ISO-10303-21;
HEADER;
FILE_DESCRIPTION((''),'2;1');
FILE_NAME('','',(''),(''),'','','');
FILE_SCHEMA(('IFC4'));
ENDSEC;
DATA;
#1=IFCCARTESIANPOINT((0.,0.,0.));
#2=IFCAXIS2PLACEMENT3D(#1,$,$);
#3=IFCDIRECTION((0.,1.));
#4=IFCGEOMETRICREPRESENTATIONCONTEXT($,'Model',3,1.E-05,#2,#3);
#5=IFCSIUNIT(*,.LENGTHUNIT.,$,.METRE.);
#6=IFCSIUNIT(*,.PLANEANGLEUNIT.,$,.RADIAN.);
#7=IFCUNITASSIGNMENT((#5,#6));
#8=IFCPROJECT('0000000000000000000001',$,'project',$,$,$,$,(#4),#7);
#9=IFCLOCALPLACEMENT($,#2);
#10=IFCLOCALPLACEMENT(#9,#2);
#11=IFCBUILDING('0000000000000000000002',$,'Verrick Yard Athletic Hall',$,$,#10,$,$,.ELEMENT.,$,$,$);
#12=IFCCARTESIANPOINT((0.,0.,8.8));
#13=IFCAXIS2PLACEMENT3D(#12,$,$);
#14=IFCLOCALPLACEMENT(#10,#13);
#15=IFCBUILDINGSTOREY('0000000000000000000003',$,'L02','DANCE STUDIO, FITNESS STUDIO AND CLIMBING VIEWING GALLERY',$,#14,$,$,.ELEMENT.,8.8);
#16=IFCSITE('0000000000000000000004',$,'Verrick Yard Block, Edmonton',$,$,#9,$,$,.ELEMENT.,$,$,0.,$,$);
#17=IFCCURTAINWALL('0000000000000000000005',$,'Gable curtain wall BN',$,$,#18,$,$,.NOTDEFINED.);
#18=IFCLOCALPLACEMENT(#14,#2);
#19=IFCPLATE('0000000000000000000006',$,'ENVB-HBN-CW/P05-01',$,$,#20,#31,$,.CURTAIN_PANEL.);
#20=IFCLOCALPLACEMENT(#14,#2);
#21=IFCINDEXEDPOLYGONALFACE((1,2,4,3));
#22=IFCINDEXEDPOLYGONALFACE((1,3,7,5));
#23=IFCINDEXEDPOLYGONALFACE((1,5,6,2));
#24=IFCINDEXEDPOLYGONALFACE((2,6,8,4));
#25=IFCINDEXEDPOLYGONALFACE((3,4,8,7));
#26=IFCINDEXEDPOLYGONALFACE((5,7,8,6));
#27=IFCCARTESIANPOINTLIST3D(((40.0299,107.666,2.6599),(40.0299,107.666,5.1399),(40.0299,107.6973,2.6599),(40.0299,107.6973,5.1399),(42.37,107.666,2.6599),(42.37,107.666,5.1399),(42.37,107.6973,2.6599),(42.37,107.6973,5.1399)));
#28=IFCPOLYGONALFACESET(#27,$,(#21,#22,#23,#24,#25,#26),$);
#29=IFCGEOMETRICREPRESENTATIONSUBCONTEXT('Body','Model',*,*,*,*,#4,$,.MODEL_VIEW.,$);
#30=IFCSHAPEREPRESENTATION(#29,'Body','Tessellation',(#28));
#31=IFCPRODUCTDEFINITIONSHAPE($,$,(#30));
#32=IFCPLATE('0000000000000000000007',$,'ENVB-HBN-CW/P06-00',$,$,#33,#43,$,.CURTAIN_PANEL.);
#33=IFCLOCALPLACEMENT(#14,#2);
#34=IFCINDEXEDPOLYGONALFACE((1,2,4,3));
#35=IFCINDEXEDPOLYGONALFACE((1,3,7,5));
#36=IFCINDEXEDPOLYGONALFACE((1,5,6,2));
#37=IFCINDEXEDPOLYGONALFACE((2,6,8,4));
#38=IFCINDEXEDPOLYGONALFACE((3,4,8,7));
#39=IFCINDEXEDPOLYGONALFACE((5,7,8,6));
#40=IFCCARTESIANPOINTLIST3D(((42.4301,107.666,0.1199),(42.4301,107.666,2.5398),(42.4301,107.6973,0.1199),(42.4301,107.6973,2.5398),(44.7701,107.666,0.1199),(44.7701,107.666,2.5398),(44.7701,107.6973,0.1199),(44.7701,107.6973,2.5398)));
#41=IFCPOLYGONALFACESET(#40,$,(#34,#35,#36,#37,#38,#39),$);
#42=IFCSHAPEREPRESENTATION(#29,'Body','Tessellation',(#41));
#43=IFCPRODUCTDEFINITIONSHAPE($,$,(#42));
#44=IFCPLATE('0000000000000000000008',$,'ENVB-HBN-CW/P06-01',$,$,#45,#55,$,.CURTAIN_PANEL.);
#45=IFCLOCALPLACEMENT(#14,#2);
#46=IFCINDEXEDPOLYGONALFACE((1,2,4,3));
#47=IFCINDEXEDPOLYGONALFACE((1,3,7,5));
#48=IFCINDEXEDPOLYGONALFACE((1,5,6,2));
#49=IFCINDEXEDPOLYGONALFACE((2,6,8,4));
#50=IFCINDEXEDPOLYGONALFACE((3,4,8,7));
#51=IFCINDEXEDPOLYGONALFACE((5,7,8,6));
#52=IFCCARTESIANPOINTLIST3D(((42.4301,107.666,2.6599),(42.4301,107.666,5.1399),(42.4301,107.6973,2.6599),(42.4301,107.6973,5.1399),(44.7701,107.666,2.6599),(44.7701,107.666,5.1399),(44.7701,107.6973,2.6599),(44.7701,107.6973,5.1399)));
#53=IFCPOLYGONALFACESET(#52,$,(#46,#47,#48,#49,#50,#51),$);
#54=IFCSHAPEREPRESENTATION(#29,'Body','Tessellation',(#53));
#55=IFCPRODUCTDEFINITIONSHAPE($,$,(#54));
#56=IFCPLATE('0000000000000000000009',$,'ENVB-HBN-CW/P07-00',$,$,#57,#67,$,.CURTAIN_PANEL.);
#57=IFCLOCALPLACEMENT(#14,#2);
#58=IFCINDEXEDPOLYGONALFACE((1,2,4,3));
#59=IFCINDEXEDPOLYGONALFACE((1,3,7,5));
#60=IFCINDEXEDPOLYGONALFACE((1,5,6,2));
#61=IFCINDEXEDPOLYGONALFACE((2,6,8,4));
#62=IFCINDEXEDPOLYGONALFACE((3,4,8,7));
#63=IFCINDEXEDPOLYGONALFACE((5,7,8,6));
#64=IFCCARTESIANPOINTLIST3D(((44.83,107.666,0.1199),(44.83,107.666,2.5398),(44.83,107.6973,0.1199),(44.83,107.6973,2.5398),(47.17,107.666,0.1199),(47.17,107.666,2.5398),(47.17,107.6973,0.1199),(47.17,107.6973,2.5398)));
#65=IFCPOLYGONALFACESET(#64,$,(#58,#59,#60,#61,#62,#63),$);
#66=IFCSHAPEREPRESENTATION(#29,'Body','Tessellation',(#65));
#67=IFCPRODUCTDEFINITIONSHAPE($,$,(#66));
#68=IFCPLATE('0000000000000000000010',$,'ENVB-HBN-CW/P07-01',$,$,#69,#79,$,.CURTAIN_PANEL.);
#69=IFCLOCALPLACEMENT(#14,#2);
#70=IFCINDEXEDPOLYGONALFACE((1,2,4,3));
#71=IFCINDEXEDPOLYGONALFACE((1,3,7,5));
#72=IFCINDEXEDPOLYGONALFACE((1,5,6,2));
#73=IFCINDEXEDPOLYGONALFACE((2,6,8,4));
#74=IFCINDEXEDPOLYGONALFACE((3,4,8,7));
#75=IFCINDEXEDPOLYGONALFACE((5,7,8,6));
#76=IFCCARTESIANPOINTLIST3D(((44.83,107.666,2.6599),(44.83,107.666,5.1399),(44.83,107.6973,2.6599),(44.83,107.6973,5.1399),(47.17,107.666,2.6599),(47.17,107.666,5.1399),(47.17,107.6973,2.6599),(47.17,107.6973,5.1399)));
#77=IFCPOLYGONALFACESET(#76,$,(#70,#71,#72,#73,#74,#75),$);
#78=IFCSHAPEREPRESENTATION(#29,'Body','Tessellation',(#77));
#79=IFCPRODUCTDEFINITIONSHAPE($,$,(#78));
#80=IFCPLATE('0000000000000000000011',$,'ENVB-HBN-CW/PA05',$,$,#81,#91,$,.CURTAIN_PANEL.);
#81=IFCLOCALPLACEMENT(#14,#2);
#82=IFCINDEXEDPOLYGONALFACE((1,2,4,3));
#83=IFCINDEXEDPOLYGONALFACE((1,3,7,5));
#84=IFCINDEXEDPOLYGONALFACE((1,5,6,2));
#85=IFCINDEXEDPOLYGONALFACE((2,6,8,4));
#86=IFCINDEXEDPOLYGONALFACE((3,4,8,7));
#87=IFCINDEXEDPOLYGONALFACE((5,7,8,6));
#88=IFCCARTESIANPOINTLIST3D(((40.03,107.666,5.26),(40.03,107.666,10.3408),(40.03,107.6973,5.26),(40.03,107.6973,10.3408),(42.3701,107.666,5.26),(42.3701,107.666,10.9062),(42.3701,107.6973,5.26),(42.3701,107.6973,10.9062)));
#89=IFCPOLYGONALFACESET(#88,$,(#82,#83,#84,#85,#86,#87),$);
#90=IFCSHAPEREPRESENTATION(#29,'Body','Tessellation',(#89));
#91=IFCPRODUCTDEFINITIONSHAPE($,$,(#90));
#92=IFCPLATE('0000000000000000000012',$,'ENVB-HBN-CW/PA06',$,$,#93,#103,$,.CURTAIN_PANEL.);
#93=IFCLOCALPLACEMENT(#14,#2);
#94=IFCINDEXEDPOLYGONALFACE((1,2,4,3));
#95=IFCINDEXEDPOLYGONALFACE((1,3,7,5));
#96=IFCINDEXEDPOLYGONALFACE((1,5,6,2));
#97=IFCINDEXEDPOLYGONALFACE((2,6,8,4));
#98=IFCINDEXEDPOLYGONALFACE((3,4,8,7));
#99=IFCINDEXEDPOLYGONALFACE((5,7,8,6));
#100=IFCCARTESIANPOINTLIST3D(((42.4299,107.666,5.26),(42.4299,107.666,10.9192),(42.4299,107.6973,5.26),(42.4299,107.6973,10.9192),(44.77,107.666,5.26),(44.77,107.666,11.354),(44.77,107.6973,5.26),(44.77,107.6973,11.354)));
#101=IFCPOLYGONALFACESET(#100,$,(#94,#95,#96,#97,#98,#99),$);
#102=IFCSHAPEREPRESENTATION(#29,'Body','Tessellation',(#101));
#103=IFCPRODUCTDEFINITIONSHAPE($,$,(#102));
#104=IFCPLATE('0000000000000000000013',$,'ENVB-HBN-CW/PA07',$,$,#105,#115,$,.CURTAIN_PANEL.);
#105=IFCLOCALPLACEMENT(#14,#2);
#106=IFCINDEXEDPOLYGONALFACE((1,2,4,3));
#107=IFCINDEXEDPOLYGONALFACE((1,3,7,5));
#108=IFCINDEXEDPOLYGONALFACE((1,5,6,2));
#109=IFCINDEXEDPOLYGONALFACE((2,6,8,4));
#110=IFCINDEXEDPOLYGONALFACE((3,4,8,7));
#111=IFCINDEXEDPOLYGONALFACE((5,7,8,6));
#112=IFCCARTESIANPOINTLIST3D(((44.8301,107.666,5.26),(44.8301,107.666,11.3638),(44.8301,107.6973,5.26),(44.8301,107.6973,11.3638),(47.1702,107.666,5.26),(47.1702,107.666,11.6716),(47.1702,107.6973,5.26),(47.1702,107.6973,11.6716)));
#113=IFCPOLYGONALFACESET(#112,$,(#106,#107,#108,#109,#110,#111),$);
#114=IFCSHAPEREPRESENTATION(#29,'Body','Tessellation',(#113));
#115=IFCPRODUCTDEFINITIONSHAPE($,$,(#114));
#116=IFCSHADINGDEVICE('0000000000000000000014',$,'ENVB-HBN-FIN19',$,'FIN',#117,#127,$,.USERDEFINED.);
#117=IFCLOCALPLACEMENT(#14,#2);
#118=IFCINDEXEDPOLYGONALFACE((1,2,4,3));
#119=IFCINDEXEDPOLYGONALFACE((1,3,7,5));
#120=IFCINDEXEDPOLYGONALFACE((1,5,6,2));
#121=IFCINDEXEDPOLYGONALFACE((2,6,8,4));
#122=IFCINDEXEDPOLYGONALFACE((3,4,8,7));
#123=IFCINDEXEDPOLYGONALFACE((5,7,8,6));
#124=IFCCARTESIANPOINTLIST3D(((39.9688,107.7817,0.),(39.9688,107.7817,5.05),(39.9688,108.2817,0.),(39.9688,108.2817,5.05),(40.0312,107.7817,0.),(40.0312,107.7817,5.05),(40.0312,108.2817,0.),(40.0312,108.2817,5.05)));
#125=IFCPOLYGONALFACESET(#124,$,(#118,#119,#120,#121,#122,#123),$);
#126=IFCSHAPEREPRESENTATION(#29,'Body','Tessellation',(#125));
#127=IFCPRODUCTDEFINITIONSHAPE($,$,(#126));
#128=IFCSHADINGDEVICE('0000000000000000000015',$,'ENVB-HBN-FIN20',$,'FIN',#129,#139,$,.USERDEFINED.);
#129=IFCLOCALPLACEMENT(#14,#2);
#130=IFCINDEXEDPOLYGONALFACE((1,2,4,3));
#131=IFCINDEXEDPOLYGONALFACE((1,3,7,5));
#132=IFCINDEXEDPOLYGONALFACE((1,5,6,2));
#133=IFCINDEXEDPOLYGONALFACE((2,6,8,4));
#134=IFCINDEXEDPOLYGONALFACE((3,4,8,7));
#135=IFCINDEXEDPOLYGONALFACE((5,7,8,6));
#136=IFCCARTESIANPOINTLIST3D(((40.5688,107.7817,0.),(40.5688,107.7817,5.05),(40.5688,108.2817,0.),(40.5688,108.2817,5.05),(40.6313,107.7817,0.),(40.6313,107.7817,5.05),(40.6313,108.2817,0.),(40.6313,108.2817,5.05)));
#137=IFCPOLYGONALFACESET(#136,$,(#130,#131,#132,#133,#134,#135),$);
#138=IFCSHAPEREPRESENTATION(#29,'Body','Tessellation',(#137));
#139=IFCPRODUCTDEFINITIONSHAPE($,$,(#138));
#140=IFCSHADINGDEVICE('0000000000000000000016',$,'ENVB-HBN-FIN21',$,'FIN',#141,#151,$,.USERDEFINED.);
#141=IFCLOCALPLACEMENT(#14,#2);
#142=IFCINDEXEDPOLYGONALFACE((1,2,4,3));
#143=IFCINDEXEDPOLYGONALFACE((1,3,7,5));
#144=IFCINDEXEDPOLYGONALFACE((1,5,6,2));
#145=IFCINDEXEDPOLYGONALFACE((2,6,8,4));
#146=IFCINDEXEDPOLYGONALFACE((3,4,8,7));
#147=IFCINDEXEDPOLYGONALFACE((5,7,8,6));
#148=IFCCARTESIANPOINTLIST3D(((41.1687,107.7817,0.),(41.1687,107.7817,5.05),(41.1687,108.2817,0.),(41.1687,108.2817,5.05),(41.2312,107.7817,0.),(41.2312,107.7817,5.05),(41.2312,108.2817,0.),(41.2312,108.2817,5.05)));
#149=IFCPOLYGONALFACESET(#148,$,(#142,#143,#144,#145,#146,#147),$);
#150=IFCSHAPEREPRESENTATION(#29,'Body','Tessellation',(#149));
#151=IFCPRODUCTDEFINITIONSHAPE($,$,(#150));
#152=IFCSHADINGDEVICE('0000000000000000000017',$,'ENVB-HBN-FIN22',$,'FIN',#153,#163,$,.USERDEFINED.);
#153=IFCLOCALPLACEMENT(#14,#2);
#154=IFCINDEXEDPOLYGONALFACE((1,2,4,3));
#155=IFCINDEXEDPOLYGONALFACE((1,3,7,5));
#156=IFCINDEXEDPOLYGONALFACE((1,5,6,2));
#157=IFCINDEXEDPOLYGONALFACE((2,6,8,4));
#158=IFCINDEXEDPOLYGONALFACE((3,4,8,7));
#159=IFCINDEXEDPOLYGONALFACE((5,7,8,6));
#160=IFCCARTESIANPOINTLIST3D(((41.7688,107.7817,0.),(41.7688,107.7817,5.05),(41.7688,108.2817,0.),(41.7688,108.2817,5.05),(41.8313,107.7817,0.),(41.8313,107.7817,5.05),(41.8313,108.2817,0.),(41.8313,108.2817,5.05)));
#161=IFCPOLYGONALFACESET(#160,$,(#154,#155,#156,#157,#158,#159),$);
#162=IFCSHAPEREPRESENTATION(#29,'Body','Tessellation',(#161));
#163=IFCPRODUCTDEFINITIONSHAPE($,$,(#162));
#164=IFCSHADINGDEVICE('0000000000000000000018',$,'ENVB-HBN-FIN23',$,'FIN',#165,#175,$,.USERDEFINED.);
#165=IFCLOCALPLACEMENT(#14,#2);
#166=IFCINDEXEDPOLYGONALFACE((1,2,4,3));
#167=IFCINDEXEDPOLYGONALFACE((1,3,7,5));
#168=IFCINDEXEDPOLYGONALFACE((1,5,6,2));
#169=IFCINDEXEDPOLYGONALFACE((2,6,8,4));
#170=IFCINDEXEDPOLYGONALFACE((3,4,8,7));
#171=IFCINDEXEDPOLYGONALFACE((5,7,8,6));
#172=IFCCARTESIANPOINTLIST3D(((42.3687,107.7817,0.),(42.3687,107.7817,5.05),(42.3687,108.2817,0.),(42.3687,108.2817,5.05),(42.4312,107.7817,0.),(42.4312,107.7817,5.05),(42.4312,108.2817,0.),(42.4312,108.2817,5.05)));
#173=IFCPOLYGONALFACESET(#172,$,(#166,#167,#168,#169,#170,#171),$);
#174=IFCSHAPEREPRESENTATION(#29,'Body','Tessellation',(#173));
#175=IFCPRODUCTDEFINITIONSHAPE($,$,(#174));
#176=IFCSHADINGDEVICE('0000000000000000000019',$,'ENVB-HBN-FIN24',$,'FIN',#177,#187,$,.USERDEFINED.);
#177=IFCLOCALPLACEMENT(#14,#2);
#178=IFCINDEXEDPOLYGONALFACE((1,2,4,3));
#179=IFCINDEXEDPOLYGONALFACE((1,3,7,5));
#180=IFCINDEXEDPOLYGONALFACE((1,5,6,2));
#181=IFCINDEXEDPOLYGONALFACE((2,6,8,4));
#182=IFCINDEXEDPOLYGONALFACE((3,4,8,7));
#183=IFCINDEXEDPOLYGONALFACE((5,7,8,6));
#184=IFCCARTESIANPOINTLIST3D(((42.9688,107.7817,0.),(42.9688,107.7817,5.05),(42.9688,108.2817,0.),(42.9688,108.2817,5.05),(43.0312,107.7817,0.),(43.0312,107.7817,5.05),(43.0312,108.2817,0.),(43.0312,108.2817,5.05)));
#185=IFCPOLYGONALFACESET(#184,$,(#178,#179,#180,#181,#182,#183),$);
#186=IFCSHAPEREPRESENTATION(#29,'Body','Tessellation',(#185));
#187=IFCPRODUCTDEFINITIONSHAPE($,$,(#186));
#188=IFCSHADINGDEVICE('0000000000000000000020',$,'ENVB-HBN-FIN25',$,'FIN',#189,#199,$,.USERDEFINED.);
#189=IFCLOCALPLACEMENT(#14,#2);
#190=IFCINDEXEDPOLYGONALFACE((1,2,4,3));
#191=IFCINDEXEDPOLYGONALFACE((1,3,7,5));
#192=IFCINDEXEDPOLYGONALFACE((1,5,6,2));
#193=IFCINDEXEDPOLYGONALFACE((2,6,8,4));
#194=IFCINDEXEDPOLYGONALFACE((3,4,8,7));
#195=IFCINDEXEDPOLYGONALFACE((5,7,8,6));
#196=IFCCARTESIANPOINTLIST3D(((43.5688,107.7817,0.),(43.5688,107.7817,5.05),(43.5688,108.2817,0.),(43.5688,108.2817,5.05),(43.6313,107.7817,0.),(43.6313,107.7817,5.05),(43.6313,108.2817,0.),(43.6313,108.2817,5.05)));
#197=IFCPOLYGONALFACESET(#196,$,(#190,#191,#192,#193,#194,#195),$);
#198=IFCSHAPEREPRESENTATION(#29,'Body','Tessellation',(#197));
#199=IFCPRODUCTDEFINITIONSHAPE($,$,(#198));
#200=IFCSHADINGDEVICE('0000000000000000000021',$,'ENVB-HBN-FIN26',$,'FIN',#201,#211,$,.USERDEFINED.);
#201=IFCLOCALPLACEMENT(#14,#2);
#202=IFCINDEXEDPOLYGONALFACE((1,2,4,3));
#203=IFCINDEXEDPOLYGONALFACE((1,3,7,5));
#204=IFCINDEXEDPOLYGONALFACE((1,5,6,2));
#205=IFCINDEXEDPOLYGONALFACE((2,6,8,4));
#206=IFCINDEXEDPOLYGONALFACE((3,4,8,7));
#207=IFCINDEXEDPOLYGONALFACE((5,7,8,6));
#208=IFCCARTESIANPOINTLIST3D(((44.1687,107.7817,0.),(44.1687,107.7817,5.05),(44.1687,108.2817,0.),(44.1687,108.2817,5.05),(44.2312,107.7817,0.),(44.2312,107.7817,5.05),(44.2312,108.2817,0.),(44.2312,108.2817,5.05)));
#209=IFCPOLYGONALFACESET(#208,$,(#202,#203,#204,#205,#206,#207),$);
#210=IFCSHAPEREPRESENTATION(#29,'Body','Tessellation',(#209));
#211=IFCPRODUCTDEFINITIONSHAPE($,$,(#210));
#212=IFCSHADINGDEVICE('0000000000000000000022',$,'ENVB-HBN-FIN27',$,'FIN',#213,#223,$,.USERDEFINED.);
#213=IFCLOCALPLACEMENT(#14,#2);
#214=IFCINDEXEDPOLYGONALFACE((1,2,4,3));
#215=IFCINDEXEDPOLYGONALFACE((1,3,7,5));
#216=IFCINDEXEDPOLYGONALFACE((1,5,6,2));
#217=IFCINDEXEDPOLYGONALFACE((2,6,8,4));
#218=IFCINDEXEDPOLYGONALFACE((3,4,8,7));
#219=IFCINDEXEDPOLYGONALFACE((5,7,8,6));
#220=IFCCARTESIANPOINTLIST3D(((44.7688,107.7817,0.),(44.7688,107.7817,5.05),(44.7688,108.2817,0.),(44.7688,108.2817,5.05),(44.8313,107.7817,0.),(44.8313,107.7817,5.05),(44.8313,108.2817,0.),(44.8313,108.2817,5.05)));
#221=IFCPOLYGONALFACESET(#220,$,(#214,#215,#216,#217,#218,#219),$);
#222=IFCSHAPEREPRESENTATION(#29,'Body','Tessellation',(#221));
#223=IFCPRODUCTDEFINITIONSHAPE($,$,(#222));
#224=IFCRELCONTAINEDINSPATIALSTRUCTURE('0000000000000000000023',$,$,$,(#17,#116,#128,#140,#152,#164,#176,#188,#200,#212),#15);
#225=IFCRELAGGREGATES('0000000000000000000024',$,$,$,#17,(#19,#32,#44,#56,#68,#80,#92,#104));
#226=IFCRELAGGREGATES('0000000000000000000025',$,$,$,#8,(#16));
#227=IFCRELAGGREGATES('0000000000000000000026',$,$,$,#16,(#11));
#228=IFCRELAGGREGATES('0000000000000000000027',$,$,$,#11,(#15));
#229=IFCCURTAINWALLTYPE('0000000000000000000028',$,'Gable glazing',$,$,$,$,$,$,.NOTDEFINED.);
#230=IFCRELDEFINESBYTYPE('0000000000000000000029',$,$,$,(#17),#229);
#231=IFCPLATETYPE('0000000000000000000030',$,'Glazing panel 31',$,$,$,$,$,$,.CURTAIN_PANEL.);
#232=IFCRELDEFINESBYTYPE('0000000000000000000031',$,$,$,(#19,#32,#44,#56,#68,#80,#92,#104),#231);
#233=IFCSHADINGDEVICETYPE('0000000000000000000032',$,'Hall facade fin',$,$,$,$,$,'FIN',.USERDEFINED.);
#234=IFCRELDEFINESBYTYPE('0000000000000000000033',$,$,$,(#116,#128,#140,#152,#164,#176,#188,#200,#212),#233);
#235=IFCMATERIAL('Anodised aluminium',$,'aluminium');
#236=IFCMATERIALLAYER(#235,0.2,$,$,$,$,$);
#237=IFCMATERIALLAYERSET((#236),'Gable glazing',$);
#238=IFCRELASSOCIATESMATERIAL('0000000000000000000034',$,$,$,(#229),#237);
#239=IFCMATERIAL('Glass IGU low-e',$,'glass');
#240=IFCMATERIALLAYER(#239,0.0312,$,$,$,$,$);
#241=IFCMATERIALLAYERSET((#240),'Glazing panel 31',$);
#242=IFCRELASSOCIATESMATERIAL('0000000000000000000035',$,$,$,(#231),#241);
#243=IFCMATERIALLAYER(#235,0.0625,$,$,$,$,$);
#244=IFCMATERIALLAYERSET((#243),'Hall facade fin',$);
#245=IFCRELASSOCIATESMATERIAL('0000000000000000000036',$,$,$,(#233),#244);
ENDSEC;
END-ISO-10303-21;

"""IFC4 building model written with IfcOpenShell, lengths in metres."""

from ifc_helpers import new_model, si_unit, direction, frame, origin, origin_2d, place, context, subcontext, project, spatial, polyline, rectangle, outline, extrude, material, layer, layer_set, type_object, element, aggregate, save


model = new_model("IFC4")

# Units and contexts
model_context = context("Model", 3, precision=1e-05, world=origin(), true_north=direction((0.0, 1.0)))
body_context = subcontext(model_context, "Body", "Model", "MODEL_VIEW")
ifc_project = project(units=[si_unit("LENGTHUNIT", "METRE"), si_unit("PLANEANGLEUNIT", "RADIAN")], contexts=[model_context])

# Site, building, storey
site_placement = place(None, origin())
site = spatial("IfcSite", under=ifc_project, at=site_placement, Name="Verrick Yard Block, Edmonton", CompositionType="ELEMENT", RefElevation=0.0)
building_placement = place(site_placement, origin())
building = spatial("IfcBuilding", under=site, at=building_placement, Name="Verrick Yard Athletic Hall", CompositionType="ELEMENT")
storey_placement = place(building_placement, frame((0.0, 0.0, 8.8)))
storey = spatial("IfcBuildingStorey", under=building, at=storey_placement, Name="L02", Description="DANCE STUDIO, FITNESS STUDIO AND CLIMBING VIEWING GALLERY", CompositionType="ELEMENT", Elevation=8.8)

# Curtain wall, plates
ifc_material_1 = material(Name="Anodised aluminium", Category="aluminium")
ifc_layer_1 = layer(ifc_material_1, 0.2)
ifc_layer_set_1 = layer_set([ifc_layer_1], Name="Gable glazing")
curtain_wall_type = type_object("IfcCurtainWallType", Name="Gable glazing", PredefinedType="NOTDEFINED", material=ifc_layer_set_1)
curtain_wall_placement = place(storey_placement, origin())
curtain_wall = element("IfcCurtainWall", 1, at=curtain_wall_placement, inside=storey, type_object=curtain_wall_type, Name="Gable curtain wall BN", PredefinedType="NOTDEFINED")
ifc_material_2 = material(Name="Glass IGU low-e", Category="glass")
ifc_layer_2 = layer(ifc_material_2, 0.0312)
ifc_layer_set_2 = layer_set([ifc_layer_2], Name="Glazing panel 31")
plate_type = type_object("IfcPlateType", Name="Glazing panel 31", PredefinedType="CURTAIN_PANEL", material=ifc_layer_set_2)
plate_1_placement = place(storey_placement, frame((41.2, 107.6816, 2.6599), z_axis=(0.0, 0.0, 1.0), x_axis=(1.0, 0.0, 0.0)))
plate_1 = element("IfcPlate", 2, at=plate_1_placement, type_object=plate_type, Name="ENVB-HBN-CW/P05-01", PredefinedType="CURTAIN_PANEL", context=body_context, shape_type="SweptSolid", body=[
    extrude(rectangle(XDim=2.3401, YDim=0.0312, at=origin_2d()), origin(), (0.0, 0.0, 1.0), 2.48),
])
plate_2_placement = place(storey_placement, frame((43.6001, 107.6816, 0.1199), z_axis=(0.0, 0.0, 1.0), x_axis=(1.0, 0.0, 0.0)))
plate_2 = element("IfcPlate", 3, at=plate_2_placement, type_object=plate_type, Name="ENVB-HBN-CW/P06-00", PredefinedType="CURTAIN_PANEL", context=body_context, shape_type="SweptSolid", body=[
    extrude(rectangle(XDim=2.3401, YDim=0.0312, at=origin_2d()), origin(), (0.0, 0.0, 1.0), 2.4199),
])
plate_3_placement = place(storey_placement, frame((43.6001, 107.6816, 2.6599), z_axis=(0.0, 0.0, 1.0), x_axis=(1.0, 0.0, 0.0)))
plate_3 = element("IfcPlate", 4, at=plate_3_placement, type_object=plate_type, Name="ENVB-HBN-CW/P06-01", PredefinedType="CURTAIN_PANEL", context=body_context, shape_type="SweptSolid", body=[
    extrude(rectangle(XDim=2.3401, YDim=0.0312, at=origin_2d()), origin(), (0.0, 0.0, 1.0), 2.48),
])
plate_4_placement = place(storey_placement, frame((46.0, 107.6816, 0.1199), z_axis=(0.0, 0.0, 1.0), x_axis=(1.0, 0.0, 0.0)))
plate_4 = element("IfcPlate", 5, at=plate_4_placement, type_object=plate_type, Name="ENVB-HBN-CW/P07-00", PredefinedType="CURTAIN_PANEL", context=body_context, shape_type="SweptSolid", body=[
    extrude(rectangle(XDim=2.3401, YDim=0.0312, at=origin_2d()), origin(), (0.0, 0.0, 1.0), 2.4199),
])
plate_5_placement = place(storey_placement, frame((46.0, 107.6816, 2.6599), z_axis=(0.0, 0.0, 1.0), x_axis=(1.0, 0.0, 0.0)))
plate_5 = element("IfcPlate", 6, at=plate_5_placement, type_object=plate_type, Name="ENVB-HBN-CW/P07-01", PredefinedType="CURTAIN_PANEL", context=body_context, shape_type="SweptSolid", body=[
    extrude(rectangle(XDim=2.3401, YDim=0.0312, at=origin_2d()), origin(), (0.0, 0.0, 1.0), 2.48),
])
plate_6_placement = place(storey_placement, frame((40.03, 107.6816, 5.26), z_axis=(0.0, 0.0, 1.0), x_axis=(1.0, 0.0, 0.0)))
plate_6 = element("IfcPlate", 7, at=plate_6_placement, type_object=plate_type, Name="ENVB-HBN-CW/PA05", PredefinedType="CURTAIN_PANEL", context=body_context, shape_type="SweptSolid", body=[
    extrude(outline(polyline([(0.0, 5.0808), (2.3401, 5.6462), (2.3401, 0.0), (0.0, 0.0), (0.0, 5.0808)])), frame((0.0, 0.0156, 0.0), z_axis=(0.0, -1.0, 0.0), x_axis=(1.0, 0.0, 0.0)), (0.0, 0.0, 1.0), 0.0312),
])
plate_7_placement = place(storey_placement, frame((42.4299, 107.6816, 5.26), z_axis=(0.0, 0.0, 1.0), x_axis=(1.0, 0.0, 0.0)))
plate_7 = element("IfcPlate", 8, at=plate_7_placement, type_object=plate_type, Name="ENVB-HBN-CW/PA06", PredefinedType="CURTAIN_PANEL", context=body_context, shape_type="SweptSolid", body=[
    extrude(outline(polyline([(0.0, 5.6592), (2.3401, 6.094), (2.3401, 0.0), (0.0, 0.0), (0.0, 5.6592)])), frame((0.0, 0.0156, 0.0), z_axis=(0.0, -1.0, 0.0), x_axis=(1.0, 0.0, 0.0)), (0.0, 0.0, 1.0), 0.0312),
])
plate_8_placement = place(storey_placement, frame((44.8301, 107.6816, 5.26), z_axis=(0.0, 0.0, 1.0), x_axis=(1.0, 0.0, 0.0)))
plate_8 = element("IfcPlate", 9, at=plate_8_placement, type_object=plate_type, Name="ENVB-HBN-CW/PA07", PredefinedType="CURTAIN_PANEL", context=body_context, shape_type="SweptSolid", body=[
    extrude(outline(polyline([(0.0, 6.1038), (2.3401, 6.4116), (2.3401, 0.0), (0.0, 0.0), (0.0, 6.1038)])), frame((0.0, 0.0156, 0.0), z_axis=(0.0, -1.0, 0.0), x_axis=(1.0, 0.0, 0.0)), (0.0, 0.0, 1.0), 0.0312),
])
aggregate(curtain_wall, [plate_1, plate_2, plate_3, plate_4, plate_5, plate_6, plate_7, plate_8])

# Shading devices
ifc_layer_3 = layer(ifc_material_1, 0.0625)
ifc_layer_set_3 = layer_set([ifc_layer_3], Name="Hall facade fin")
shading_device_type = type_object("IfcShadingDeviceType", Name="Hall facade fin", ElementType="FIN", PredefinedType="USERDEFINED", material=ifc_layer_set_3)
for number, where, z_axis, x_axis, name in (
    (10, (40.0, 107.7817, 0.0), (0.0, 0.0, 1.0), (0.0, 1.0, 0.0), "ENVB-HBN-FIN19"),
    (11, (40.6001, 107.7817, 0.0), (0.0, 0.0, 1.0), (0.0, 1.0, 0.0), "ENVB-HBN-FIN20"),
    (12, (41.2, 107.7817, 0.0), (0.0, 0.0, 1.0), (0.0, 1.0, 0.0), "ENVB-HBN-FIN21"),
    (13, (41.8, 107.7817, 0.0), (0.0, 0.0, 1.0), (0.0, 1.0, 0.0), "ENVB-HBN-FIN22"),
    (14, (42.3999, 107.7817, 0.0), (0.0, 0.0, 1.0), (0.0, 1.0, 0.0), "ENVB-HBN-FIN23"),
    (15, (43.0, 107.7817, 0.0), (0.0, 0.0, 1.0), (0.0, 1.0, 0.0), "ENVB-HBN-FIN24"),
    (16, (43.6001, 107.7817, 0.0), (0.0, 0.0, 1.0), (0.0, 1.0, 0.0), "ENVB-HBN-FIN25"),
    (17, (44.2, 107.7817, 0.0), (0.0, 0.0, 1.0), (0.0, 1.0, 0.0), "ENVB-HBN-FIN26"),
    (18, (44.8, 107.7817, 0.0), (0.0, 0.0, 1.0), (0.0, 1.0, 0.0), "ENVB-HBN-FIN27"),
):
    element("IfcShadingDevice", number, at=place(storey_placement, frame(where, z_axis=z_axis, x_axis=x_axis)), inside=storey, type_object=shading_device_type, Name=name, ObjectType="FIN", PredefinedType="USERDEFINED", context=body_context, shape_type="SweptSolid", body=[
        extrude(outline(polyline([(0.0, 0.0), (0.5, 0.0), (0.5, 5.05), (0.0, 5.05), (0.0, 0.0)])), frame((0.0, 0.0312, 0.0), z_axis=(0.0, -1.0, 0.0), x_axis=(1.0, 0.0, 0.0)), (0.0, 0.0, 1.0), 0.0625),
    ])

save(model, "model.ifc")
